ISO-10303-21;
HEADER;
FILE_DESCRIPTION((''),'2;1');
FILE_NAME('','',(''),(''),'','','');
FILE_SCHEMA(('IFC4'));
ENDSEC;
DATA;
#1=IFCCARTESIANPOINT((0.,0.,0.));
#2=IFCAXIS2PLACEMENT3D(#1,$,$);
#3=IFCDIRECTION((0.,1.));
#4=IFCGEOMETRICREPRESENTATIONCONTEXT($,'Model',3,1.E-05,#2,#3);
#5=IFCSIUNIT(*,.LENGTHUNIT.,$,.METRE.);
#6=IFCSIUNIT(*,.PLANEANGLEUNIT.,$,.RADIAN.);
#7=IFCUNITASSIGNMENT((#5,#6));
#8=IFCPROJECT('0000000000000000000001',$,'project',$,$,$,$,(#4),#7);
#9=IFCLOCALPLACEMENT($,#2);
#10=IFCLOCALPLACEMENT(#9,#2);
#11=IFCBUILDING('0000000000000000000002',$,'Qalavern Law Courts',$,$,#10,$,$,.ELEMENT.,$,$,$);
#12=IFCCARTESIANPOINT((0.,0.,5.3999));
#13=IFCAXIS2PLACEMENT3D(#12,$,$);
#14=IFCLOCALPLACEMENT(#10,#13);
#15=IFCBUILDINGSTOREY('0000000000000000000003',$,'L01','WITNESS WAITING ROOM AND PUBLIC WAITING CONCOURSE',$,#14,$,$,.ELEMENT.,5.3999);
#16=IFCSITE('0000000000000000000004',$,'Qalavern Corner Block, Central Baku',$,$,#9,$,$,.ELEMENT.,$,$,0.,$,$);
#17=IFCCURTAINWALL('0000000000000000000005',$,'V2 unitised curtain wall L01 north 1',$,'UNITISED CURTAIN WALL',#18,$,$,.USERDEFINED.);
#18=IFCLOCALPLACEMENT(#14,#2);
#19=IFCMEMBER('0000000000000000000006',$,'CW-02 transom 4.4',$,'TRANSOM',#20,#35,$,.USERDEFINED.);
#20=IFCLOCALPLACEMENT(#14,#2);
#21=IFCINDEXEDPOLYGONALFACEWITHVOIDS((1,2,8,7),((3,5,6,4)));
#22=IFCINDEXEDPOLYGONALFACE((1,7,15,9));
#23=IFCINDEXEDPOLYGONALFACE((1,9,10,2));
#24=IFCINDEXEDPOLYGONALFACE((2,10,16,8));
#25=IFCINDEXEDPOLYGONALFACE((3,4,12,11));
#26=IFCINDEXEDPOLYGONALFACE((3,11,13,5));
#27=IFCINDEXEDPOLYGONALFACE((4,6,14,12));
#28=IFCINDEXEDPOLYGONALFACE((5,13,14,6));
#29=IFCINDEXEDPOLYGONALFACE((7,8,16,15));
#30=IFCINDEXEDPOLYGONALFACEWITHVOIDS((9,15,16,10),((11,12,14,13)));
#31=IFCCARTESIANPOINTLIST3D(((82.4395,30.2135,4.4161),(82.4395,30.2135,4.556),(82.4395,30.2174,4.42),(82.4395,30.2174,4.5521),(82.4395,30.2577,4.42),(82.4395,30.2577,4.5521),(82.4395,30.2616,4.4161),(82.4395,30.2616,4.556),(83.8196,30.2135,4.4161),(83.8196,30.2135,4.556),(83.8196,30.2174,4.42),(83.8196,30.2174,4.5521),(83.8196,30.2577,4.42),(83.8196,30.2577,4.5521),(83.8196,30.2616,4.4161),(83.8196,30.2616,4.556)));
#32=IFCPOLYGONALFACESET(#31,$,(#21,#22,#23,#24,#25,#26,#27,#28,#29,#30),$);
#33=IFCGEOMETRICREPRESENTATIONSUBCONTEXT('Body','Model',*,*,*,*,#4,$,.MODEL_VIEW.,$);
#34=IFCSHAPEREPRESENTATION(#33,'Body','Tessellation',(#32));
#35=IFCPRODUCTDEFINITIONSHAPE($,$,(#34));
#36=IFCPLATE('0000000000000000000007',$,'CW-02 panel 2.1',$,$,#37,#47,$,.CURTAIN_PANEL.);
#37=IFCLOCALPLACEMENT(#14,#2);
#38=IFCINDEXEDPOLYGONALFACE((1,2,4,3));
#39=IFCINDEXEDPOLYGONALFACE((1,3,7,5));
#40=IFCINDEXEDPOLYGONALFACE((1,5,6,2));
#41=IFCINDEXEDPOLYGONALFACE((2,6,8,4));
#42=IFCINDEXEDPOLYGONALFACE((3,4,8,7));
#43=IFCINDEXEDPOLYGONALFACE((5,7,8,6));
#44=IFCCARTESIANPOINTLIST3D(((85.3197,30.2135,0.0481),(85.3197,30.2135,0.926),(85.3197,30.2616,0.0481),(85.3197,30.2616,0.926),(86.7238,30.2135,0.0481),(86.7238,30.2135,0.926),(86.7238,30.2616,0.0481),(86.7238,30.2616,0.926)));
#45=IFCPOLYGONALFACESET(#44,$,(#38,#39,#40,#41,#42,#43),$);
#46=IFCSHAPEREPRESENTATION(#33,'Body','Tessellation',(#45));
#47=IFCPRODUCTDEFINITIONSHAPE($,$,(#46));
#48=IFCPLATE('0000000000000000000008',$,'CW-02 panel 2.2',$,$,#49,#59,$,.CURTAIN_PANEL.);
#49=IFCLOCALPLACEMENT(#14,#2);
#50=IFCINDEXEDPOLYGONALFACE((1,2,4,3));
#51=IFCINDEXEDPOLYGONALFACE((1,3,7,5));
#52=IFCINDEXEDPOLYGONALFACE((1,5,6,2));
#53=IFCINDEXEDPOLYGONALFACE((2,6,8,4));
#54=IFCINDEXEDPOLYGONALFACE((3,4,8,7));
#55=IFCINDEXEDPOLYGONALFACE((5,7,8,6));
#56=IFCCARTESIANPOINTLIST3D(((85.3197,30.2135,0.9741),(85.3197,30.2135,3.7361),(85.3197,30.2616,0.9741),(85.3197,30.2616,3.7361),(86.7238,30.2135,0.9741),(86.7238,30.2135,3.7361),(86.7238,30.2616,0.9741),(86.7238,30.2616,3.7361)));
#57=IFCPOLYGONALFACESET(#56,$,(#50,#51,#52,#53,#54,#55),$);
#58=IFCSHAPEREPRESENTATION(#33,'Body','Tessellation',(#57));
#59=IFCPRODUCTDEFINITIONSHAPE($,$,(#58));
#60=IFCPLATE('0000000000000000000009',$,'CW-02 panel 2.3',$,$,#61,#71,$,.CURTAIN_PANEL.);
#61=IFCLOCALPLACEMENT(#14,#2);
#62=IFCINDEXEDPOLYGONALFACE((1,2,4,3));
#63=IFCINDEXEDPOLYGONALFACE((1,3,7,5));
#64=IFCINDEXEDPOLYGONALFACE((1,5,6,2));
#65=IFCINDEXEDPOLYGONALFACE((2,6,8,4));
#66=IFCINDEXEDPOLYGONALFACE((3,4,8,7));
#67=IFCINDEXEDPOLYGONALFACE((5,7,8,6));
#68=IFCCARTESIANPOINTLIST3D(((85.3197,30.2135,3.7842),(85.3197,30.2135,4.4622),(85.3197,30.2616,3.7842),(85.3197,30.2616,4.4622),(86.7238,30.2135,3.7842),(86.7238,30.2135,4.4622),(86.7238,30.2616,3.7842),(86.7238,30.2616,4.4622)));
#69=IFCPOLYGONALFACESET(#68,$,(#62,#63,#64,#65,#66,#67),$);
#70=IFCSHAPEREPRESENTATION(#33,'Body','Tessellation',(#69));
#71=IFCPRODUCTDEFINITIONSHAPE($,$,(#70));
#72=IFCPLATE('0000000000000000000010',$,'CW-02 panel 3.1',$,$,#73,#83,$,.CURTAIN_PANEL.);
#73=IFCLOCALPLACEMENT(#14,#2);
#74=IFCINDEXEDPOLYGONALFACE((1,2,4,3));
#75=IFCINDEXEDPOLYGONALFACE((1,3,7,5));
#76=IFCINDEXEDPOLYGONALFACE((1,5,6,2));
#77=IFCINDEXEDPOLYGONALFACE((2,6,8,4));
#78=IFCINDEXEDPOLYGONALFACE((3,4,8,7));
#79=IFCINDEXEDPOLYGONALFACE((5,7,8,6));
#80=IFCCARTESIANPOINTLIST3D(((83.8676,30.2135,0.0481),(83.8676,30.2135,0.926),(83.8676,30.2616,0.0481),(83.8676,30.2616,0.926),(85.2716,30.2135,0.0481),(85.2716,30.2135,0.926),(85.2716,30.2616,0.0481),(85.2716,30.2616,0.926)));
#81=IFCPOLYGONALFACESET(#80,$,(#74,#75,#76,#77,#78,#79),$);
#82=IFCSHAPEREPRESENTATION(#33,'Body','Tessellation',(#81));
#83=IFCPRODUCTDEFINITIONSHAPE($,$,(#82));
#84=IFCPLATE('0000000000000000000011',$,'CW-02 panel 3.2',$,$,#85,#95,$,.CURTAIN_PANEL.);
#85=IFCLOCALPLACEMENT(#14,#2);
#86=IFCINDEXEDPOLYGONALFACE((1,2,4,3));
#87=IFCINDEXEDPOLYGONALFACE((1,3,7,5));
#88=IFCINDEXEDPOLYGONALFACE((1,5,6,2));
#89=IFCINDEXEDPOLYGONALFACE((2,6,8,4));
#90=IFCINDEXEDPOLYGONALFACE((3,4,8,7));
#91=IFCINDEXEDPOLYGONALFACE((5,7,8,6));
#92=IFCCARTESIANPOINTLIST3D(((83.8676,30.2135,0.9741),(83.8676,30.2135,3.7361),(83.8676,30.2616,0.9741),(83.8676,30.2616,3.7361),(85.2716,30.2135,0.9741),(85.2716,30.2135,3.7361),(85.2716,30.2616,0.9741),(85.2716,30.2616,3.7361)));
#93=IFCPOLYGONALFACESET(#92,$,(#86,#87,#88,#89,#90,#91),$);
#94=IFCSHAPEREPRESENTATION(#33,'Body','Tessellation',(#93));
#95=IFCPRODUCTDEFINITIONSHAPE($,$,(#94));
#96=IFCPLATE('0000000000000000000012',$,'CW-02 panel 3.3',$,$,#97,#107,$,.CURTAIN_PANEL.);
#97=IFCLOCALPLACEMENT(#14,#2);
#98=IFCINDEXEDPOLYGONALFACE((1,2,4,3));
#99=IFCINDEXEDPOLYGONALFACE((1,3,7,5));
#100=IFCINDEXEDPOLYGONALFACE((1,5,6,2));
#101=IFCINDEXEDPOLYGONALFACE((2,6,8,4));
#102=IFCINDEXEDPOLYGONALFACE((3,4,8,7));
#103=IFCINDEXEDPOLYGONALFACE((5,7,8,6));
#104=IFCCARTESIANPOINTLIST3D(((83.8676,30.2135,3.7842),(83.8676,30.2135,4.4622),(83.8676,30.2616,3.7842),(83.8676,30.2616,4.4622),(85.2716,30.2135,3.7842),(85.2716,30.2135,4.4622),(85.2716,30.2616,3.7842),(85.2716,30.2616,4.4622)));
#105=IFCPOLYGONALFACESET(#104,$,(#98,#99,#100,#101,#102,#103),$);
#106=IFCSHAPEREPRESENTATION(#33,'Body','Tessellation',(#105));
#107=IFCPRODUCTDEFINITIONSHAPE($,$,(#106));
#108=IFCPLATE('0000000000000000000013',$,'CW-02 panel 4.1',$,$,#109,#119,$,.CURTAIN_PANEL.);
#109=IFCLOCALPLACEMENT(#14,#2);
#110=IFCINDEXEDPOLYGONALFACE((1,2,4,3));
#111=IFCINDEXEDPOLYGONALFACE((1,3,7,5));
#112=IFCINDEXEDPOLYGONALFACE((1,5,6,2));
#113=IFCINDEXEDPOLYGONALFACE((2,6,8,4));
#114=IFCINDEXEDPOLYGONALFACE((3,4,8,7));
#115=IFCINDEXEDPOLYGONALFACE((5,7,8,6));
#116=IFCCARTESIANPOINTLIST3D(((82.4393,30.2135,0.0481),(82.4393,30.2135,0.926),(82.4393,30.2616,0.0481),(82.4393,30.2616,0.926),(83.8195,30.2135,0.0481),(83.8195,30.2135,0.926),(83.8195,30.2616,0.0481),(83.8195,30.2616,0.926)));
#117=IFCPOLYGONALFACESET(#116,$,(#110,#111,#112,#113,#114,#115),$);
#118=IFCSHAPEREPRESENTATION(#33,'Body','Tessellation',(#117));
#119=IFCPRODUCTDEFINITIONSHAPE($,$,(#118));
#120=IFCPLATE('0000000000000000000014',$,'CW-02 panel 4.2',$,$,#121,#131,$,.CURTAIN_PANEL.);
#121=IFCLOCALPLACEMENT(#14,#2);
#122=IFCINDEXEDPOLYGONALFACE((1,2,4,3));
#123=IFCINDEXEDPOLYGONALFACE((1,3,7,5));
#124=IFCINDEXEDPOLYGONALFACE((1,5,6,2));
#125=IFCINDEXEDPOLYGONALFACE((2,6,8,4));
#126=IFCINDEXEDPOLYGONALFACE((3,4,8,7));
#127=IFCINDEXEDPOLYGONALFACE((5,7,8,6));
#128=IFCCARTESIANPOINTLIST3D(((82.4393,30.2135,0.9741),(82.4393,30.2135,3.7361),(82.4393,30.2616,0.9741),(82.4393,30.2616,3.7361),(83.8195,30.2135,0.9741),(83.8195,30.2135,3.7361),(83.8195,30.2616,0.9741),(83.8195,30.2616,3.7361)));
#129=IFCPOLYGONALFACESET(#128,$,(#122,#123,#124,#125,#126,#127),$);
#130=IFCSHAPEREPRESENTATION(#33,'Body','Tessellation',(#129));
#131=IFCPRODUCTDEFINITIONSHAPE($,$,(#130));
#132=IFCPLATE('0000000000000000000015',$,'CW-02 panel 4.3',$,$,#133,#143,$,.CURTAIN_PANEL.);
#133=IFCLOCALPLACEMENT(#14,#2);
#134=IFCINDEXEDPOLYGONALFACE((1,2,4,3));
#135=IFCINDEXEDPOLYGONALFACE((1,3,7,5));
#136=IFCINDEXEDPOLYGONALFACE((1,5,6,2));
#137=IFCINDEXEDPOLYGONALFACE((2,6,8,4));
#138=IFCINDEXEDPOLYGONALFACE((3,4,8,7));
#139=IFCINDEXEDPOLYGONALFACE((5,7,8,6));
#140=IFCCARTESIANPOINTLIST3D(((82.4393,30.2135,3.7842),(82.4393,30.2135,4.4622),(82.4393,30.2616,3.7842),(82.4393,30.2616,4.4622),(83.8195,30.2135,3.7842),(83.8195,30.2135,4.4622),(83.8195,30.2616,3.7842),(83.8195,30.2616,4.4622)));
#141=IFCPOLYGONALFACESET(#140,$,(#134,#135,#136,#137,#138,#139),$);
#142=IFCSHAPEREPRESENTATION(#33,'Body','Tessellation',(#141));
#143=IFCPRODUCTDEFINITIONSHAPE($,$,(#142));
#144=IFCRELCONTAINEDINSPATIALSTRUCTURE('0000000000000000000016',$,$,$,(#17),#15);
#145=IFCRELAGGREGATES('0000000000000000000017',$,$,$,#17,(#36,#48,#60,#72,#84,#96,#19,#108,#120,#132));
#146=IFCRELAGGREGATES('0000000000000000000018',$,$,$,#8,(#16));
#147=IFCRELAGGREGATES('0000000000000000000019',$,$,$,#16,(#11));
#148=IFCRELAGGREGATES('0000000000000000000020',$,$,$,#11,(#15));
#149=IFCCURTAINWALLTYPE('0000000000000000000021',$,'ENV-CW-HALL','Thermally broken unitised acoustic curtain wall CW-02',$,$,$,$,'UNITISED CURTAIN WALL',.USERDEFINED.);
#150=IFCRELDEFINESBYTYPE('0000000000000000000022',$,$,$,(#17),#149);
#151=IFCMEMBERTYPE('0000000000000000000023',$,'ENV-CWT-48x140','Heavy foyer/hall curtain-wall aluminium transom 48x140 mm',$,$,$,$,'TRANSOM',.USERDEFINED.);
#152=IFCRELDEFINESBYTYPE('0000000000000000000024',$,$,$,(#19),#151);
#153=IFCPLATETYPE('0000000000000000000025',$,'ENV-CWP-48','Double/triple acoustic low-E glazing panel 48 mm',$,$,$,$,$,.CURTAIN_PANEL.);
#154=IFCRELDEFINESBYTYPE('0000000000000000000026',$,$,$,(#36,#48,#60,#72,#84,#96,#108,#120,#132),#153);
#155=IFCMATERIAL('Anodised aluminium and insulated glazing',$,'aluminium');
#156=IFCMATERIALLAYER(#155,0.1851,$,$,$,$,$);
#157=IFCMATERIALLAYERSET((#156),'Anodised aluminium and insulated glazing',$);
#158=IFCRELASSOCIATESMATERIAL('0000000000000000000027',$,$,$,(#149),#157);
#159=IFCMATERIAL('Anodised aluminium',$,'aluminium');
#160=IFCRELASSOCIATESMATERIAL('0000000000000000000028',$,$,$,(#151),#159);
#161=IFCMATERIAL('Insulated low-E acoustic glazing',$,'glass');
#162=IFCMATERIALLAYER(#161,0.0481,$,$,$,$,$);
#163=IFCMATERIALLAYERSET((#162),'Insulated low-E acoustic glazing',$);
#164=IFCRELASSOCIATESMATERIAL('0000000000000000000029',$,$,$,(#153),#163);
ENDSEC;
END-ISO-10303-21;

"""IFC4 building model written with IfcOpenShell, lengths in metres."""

from ifc_helpers import new_model, si_unit, direction, frame, origin, origin_2d, place, context, subcontext, project, spatial, rectangle, hollow_rectangle, extrude, material, layer, layer_set, material_profile, profile_set, type_object, element, aggregate, save


model = new_model("IFC4")

# Units and contexts
model_context = context("Model", 3, precision=1e-05, world=origin(), true_north=direction((0.0, 1.0)))
body_context = subcontext(model_context, "Body", "Model", "MODEL_VIEW")
ifc_project = project(units=[si_unit("LENGTHUNIT", "METRE"), si_unit("PLANEANGLEUNIT", "RADIAN")], contexts=[model_context])

# Site, building, storey
site_placement = place(None, origin())
site = spatial("IfcSite", under=ifc_project, at=site_placement, Name="Qalavern Corner Block, Central Baku", CompositionType="ELEMENT", RefElevation=0.0)
building_placement = place(site_placement, origin())
building = spatial("IfcBuilding", under=site, at=building_placement, Name="Qalavern Law Courts", CompositionType="ELEMENT")
storey_placement = place(building_placement, frame((0.0, 0.0, 5.3999)))
storey = spatial("IfcBuildingStorey", under=building, at=storey_placement, Name="L01", Description="WITNESS WAITING ROOM AND PUBLIC WAITING CONCOURSE", CompositionType="ELEMENT", Elevation=5.3999)

# Curtain wall, member, plates
ifc_material_1 = material(Name="Anodised aluminium and insulated glazing", Category="aluminium")
ifc_layer_1 = layer(ifc_material_1, 0.1851)
ifc_layer_set_1 = layer_set([ifc_layer_1], Name="Anodised aluminium and insulated glazing")
curtain_wall_type = type_object("IfcCurtainWallType", Name="ENV-CW-HALL", Description="Thermally broken unitised acoustic curtain wall CW-02", ElementType="UNITISED CURTAIN WALL", PredefinedType="USERDEFINED", material=ifc_layer_set_1)
curtain_wall_placement = place(storey_placement, origin())
curtain_wall = element("IfcCurtainWall", 1, at=curtain_wall_placement, inside=storey, type_object=curtain_wall_type, Name="V2 unitised curtain wall L01 north 1", ObjectType="UNITISED CURTAIN WALL", PredefinedType="USERDEFINED")
ifc_material_2 = material(Name="Anodised aluminium", Category="aluminium")
ifc_material_profile_1 = material_profile(ifc_material_2, hollow_rectangle(XDim=0.0481, YDim=0.1399, WallThickness=0.0039, at=origin_2d()), Name="ALU TRANSOM 48x140")
ifc_profile_set_1 = profile_set([ifc_material_profile_1], Name="Anodised aluminium")
member_type_1 = type_object("IfcMemberType", Name="ENV-CWT-48x140", Description="Heavy foyer/hall curtain-wall aluminium transom 48x140 mm", ElementType="TRANSOM", PredefinedType="USERDEFINED", material=ifc_profile_set_1)
member_1_placement = place(storey_placement, frame((83.8196, 30.2375, 4.4861), z_axis=(-1.0, 0.0, 0.0), x_axis=(0.0, -1.0, 0.0)))
member_1 = element("IfcMember", 2, at=member_1_placement, type_object=member_type_1, Name="CW-02 transom 4.4", ObjectType="TRANSOM", PredefinedType="USERDEFINED", context=body_context, shape_type="SweptSolid", body=[
    extrude(hollow_rectangle(XDim=0.0481, YDim=0.1399, WallThickness=0.0039, at=origin_2d()), origin(), (0.0, 0.0, 1.0), 1.3801),
])
ifc_material_3 = material(Name="Insulated low-E acoustic glazing", Category="glass")
ifc_layer_2 = layer(ifc_material_3, 0.0481)
ifc_layer_set_2 = layer_set([ifc_layer_2], Name="Insulated low-E acoustic glazing")
plate_type = type_object("IfcPlateType", Name="ENV-CWP-48", Description="Double/triple acoustic low-E glazing panel 48 mm", PredefinedType="CURTAIN_PANEL", material=ifc_layer_set_2)
plate_1_placement = place(storey_placement, frame((86.0217, 30.2375, 0.0481), z_axis=(0.0, 0.0, 1.0), x_axis=(-1.0, 0.0, 0.0)))
plate_1 = element("IfcPlate", 3, at=plate_1_placement, type_object=plate_type, Name="CW-02 panel 2.1", PredefinedType="CURTAIN_PANEL", context=body_context, shape_type="SweptSolid", body=[
    extrude(rectangle(XDim=1.4041, YDim=0.0481, at=origin_2d()), origin(), (0.0, 0.0, 1.0), 0.8779),
])
plate_2_placement = place(storey_placement, frame((86.0217, 30.2375, 0.9741), z_axis=(0.0, 0.0, 1.0), x_axis=(-1.0, 0.0, 0.0)))
plate_2 = element("IfcPlate", 4, at=plate_2_placement, type_object=plate_type, Name="CW-02 panel 2.2", PredefinedType="CURTAIN_PANEL", context=body_context, shape_type="SweptSolid", body=[
    extrude(rectangle(XDim=1.4041, YDim=0.0481, at=origin_2d()), origin(), (0.0, 0.0, 1.0), 2.762),
])
plate_3_placement = place(storey_placement, frame((86.0217, 30.2375, 3.7842), z_axis=(0.0, 0.0, 1.0), x_axis=(-1.0, 0.0, 0.0)))
plate_3 = element("IfcPlate", 5, at=plate_3_placement, type_object=plate_type, Name="CW-02 panel 2.3", PredefinedType="CURTAIN_PANEL", context=body_context, shape_type="SweptSolid", body=[
    extrude(rectangle(XDim=1.4041, YDim=0.0481, at=origin_2d()), origin(), (0.0, 0.0, 1.0), 0.678),
])
plate_4_placement = place(storey_placement, frame((84.5696, 30.2375, 0.0481), z_axis=(0.0, 0.0, 1.0), x_axis=(-1.0, 0.0, 0.0)))
plate_4 = element("IfcPlate", 6, at=plate_4_placement, type_object=plate_type, Name="CW-02 panel 3.1", PredefinedType="CURTAIN_PANEL", context=body_context, shape_type="SweptSolid", body=[
    extrude(rectangle(XDim=1.4041, YDim=0.0481, at=origin_2d()), origin(), (0.0, 0.0, 1.0), 0.8779),
])
plate_5_placement = place(storey_placement, frame((84.5696, 30.2375, 0.9741), z_axis=(0.0, 0.0, 1.0), x_axis=(-1.0, 0.0, 0.0)))
plate_5 = element("IfcPlate", 7, at=plate_5_placement, type_object=plate_type, Name="CW-02 panel 3.2", PredefinedType="CURTAIN_PANEL", context=body_context, shape_type="SweptSolid", body=[
    extrude(rectangle(XDim=1.4041, YDim=0.0481, at=origin_2d()), origin(), (0.0, 0.0, 1.0), 2.762),
])
plate_6_placement = place(storey_placement, frame((84.5696, 30.2375, 3.7842), z_axis=(0.0, 0.0, 1.0), x_axis=(-1.0, 0.0, 0.0)))
plate_6 = element("IfcPlate", 8, at=plate_6_placement, type_object=plate_type, Name="CW-02 panel 3.3", PredefinedType="CURTAIN_PANEL", context=body_context, shape_type="SweptSolid", body=[
    extrude(rectangle(XDim=1.4041, YDim=0.0481, at=origin_2d()), origin(), (0.0, 0.0, 1.0), 0.678),
])
plate_7_placement = place(storey_placement, frame((83.1294, 30.2375, 0.0481), z_axis=(0.0, 0.0, 1.0), x_axis=(-1.0, 0.0, 0.0)))
plate_7 = element("IfcPlate", 9, at=plate_7_placement, type_object=plate_type, Name="CW-02 panel 4.1", PredefinedType="CURTAIN_PANEL", context=body_context, shape_type="SweptSolid", body=[
    extrude(rectangle(XDim=1.3801, YDim=0.0481, at=origin_2d()), origin(), (0.0, 0.0, 1.0), 0.8779),
])
plate_8_placement = place(storey_placement, frame((83.1294, 30.2375, 0.9741), z_axis=(0.0, 0.0, 1.0), x_axis=(-1.0, 0.0, 0.0)))
plate_8 = element("IfcPlate", 10, at=plate_8_placement, type_object=plate_type, Name="CW-02 panel 4.2", PredefinedType="CURTAIN_PANEL", context=body_context, shape_type="SweptSolid", body=[
    extrude(rectangle(XDim=1.3801, YDim=0.0481, at=origin_2d()), origin(), (0.0, 0.0, 1.0), 2.762),
])
plate_9_placement = place(storey_placement, frame((83.1294, 30.2375, 3.7842), z_axis=(0.0, 0.0, 1.0), x_axis=(-1.0, 0.0, 0.0)))
plate_9 = element("IfcPlate", 11, at=plate_9_placement, type_object=plate_type, Name="CW-02 panel 4.3", PredefinedType="CURTAIN_PANEL", context=body_context, shape_type="SweptSolid", body=[
    extrude(rectangle(XDim=1.3801, YDim=0.0481, at=origin_2d()), origin(), (0.0, 0.0, 1.0), 0.678),
])
aggregate(curtain_wall, [plate_1, plate_2, plate_3, plate_4, plate_5, plate_6, member_1, plate_7, plate_8, plate_9])

save(model, "model.ifc")
